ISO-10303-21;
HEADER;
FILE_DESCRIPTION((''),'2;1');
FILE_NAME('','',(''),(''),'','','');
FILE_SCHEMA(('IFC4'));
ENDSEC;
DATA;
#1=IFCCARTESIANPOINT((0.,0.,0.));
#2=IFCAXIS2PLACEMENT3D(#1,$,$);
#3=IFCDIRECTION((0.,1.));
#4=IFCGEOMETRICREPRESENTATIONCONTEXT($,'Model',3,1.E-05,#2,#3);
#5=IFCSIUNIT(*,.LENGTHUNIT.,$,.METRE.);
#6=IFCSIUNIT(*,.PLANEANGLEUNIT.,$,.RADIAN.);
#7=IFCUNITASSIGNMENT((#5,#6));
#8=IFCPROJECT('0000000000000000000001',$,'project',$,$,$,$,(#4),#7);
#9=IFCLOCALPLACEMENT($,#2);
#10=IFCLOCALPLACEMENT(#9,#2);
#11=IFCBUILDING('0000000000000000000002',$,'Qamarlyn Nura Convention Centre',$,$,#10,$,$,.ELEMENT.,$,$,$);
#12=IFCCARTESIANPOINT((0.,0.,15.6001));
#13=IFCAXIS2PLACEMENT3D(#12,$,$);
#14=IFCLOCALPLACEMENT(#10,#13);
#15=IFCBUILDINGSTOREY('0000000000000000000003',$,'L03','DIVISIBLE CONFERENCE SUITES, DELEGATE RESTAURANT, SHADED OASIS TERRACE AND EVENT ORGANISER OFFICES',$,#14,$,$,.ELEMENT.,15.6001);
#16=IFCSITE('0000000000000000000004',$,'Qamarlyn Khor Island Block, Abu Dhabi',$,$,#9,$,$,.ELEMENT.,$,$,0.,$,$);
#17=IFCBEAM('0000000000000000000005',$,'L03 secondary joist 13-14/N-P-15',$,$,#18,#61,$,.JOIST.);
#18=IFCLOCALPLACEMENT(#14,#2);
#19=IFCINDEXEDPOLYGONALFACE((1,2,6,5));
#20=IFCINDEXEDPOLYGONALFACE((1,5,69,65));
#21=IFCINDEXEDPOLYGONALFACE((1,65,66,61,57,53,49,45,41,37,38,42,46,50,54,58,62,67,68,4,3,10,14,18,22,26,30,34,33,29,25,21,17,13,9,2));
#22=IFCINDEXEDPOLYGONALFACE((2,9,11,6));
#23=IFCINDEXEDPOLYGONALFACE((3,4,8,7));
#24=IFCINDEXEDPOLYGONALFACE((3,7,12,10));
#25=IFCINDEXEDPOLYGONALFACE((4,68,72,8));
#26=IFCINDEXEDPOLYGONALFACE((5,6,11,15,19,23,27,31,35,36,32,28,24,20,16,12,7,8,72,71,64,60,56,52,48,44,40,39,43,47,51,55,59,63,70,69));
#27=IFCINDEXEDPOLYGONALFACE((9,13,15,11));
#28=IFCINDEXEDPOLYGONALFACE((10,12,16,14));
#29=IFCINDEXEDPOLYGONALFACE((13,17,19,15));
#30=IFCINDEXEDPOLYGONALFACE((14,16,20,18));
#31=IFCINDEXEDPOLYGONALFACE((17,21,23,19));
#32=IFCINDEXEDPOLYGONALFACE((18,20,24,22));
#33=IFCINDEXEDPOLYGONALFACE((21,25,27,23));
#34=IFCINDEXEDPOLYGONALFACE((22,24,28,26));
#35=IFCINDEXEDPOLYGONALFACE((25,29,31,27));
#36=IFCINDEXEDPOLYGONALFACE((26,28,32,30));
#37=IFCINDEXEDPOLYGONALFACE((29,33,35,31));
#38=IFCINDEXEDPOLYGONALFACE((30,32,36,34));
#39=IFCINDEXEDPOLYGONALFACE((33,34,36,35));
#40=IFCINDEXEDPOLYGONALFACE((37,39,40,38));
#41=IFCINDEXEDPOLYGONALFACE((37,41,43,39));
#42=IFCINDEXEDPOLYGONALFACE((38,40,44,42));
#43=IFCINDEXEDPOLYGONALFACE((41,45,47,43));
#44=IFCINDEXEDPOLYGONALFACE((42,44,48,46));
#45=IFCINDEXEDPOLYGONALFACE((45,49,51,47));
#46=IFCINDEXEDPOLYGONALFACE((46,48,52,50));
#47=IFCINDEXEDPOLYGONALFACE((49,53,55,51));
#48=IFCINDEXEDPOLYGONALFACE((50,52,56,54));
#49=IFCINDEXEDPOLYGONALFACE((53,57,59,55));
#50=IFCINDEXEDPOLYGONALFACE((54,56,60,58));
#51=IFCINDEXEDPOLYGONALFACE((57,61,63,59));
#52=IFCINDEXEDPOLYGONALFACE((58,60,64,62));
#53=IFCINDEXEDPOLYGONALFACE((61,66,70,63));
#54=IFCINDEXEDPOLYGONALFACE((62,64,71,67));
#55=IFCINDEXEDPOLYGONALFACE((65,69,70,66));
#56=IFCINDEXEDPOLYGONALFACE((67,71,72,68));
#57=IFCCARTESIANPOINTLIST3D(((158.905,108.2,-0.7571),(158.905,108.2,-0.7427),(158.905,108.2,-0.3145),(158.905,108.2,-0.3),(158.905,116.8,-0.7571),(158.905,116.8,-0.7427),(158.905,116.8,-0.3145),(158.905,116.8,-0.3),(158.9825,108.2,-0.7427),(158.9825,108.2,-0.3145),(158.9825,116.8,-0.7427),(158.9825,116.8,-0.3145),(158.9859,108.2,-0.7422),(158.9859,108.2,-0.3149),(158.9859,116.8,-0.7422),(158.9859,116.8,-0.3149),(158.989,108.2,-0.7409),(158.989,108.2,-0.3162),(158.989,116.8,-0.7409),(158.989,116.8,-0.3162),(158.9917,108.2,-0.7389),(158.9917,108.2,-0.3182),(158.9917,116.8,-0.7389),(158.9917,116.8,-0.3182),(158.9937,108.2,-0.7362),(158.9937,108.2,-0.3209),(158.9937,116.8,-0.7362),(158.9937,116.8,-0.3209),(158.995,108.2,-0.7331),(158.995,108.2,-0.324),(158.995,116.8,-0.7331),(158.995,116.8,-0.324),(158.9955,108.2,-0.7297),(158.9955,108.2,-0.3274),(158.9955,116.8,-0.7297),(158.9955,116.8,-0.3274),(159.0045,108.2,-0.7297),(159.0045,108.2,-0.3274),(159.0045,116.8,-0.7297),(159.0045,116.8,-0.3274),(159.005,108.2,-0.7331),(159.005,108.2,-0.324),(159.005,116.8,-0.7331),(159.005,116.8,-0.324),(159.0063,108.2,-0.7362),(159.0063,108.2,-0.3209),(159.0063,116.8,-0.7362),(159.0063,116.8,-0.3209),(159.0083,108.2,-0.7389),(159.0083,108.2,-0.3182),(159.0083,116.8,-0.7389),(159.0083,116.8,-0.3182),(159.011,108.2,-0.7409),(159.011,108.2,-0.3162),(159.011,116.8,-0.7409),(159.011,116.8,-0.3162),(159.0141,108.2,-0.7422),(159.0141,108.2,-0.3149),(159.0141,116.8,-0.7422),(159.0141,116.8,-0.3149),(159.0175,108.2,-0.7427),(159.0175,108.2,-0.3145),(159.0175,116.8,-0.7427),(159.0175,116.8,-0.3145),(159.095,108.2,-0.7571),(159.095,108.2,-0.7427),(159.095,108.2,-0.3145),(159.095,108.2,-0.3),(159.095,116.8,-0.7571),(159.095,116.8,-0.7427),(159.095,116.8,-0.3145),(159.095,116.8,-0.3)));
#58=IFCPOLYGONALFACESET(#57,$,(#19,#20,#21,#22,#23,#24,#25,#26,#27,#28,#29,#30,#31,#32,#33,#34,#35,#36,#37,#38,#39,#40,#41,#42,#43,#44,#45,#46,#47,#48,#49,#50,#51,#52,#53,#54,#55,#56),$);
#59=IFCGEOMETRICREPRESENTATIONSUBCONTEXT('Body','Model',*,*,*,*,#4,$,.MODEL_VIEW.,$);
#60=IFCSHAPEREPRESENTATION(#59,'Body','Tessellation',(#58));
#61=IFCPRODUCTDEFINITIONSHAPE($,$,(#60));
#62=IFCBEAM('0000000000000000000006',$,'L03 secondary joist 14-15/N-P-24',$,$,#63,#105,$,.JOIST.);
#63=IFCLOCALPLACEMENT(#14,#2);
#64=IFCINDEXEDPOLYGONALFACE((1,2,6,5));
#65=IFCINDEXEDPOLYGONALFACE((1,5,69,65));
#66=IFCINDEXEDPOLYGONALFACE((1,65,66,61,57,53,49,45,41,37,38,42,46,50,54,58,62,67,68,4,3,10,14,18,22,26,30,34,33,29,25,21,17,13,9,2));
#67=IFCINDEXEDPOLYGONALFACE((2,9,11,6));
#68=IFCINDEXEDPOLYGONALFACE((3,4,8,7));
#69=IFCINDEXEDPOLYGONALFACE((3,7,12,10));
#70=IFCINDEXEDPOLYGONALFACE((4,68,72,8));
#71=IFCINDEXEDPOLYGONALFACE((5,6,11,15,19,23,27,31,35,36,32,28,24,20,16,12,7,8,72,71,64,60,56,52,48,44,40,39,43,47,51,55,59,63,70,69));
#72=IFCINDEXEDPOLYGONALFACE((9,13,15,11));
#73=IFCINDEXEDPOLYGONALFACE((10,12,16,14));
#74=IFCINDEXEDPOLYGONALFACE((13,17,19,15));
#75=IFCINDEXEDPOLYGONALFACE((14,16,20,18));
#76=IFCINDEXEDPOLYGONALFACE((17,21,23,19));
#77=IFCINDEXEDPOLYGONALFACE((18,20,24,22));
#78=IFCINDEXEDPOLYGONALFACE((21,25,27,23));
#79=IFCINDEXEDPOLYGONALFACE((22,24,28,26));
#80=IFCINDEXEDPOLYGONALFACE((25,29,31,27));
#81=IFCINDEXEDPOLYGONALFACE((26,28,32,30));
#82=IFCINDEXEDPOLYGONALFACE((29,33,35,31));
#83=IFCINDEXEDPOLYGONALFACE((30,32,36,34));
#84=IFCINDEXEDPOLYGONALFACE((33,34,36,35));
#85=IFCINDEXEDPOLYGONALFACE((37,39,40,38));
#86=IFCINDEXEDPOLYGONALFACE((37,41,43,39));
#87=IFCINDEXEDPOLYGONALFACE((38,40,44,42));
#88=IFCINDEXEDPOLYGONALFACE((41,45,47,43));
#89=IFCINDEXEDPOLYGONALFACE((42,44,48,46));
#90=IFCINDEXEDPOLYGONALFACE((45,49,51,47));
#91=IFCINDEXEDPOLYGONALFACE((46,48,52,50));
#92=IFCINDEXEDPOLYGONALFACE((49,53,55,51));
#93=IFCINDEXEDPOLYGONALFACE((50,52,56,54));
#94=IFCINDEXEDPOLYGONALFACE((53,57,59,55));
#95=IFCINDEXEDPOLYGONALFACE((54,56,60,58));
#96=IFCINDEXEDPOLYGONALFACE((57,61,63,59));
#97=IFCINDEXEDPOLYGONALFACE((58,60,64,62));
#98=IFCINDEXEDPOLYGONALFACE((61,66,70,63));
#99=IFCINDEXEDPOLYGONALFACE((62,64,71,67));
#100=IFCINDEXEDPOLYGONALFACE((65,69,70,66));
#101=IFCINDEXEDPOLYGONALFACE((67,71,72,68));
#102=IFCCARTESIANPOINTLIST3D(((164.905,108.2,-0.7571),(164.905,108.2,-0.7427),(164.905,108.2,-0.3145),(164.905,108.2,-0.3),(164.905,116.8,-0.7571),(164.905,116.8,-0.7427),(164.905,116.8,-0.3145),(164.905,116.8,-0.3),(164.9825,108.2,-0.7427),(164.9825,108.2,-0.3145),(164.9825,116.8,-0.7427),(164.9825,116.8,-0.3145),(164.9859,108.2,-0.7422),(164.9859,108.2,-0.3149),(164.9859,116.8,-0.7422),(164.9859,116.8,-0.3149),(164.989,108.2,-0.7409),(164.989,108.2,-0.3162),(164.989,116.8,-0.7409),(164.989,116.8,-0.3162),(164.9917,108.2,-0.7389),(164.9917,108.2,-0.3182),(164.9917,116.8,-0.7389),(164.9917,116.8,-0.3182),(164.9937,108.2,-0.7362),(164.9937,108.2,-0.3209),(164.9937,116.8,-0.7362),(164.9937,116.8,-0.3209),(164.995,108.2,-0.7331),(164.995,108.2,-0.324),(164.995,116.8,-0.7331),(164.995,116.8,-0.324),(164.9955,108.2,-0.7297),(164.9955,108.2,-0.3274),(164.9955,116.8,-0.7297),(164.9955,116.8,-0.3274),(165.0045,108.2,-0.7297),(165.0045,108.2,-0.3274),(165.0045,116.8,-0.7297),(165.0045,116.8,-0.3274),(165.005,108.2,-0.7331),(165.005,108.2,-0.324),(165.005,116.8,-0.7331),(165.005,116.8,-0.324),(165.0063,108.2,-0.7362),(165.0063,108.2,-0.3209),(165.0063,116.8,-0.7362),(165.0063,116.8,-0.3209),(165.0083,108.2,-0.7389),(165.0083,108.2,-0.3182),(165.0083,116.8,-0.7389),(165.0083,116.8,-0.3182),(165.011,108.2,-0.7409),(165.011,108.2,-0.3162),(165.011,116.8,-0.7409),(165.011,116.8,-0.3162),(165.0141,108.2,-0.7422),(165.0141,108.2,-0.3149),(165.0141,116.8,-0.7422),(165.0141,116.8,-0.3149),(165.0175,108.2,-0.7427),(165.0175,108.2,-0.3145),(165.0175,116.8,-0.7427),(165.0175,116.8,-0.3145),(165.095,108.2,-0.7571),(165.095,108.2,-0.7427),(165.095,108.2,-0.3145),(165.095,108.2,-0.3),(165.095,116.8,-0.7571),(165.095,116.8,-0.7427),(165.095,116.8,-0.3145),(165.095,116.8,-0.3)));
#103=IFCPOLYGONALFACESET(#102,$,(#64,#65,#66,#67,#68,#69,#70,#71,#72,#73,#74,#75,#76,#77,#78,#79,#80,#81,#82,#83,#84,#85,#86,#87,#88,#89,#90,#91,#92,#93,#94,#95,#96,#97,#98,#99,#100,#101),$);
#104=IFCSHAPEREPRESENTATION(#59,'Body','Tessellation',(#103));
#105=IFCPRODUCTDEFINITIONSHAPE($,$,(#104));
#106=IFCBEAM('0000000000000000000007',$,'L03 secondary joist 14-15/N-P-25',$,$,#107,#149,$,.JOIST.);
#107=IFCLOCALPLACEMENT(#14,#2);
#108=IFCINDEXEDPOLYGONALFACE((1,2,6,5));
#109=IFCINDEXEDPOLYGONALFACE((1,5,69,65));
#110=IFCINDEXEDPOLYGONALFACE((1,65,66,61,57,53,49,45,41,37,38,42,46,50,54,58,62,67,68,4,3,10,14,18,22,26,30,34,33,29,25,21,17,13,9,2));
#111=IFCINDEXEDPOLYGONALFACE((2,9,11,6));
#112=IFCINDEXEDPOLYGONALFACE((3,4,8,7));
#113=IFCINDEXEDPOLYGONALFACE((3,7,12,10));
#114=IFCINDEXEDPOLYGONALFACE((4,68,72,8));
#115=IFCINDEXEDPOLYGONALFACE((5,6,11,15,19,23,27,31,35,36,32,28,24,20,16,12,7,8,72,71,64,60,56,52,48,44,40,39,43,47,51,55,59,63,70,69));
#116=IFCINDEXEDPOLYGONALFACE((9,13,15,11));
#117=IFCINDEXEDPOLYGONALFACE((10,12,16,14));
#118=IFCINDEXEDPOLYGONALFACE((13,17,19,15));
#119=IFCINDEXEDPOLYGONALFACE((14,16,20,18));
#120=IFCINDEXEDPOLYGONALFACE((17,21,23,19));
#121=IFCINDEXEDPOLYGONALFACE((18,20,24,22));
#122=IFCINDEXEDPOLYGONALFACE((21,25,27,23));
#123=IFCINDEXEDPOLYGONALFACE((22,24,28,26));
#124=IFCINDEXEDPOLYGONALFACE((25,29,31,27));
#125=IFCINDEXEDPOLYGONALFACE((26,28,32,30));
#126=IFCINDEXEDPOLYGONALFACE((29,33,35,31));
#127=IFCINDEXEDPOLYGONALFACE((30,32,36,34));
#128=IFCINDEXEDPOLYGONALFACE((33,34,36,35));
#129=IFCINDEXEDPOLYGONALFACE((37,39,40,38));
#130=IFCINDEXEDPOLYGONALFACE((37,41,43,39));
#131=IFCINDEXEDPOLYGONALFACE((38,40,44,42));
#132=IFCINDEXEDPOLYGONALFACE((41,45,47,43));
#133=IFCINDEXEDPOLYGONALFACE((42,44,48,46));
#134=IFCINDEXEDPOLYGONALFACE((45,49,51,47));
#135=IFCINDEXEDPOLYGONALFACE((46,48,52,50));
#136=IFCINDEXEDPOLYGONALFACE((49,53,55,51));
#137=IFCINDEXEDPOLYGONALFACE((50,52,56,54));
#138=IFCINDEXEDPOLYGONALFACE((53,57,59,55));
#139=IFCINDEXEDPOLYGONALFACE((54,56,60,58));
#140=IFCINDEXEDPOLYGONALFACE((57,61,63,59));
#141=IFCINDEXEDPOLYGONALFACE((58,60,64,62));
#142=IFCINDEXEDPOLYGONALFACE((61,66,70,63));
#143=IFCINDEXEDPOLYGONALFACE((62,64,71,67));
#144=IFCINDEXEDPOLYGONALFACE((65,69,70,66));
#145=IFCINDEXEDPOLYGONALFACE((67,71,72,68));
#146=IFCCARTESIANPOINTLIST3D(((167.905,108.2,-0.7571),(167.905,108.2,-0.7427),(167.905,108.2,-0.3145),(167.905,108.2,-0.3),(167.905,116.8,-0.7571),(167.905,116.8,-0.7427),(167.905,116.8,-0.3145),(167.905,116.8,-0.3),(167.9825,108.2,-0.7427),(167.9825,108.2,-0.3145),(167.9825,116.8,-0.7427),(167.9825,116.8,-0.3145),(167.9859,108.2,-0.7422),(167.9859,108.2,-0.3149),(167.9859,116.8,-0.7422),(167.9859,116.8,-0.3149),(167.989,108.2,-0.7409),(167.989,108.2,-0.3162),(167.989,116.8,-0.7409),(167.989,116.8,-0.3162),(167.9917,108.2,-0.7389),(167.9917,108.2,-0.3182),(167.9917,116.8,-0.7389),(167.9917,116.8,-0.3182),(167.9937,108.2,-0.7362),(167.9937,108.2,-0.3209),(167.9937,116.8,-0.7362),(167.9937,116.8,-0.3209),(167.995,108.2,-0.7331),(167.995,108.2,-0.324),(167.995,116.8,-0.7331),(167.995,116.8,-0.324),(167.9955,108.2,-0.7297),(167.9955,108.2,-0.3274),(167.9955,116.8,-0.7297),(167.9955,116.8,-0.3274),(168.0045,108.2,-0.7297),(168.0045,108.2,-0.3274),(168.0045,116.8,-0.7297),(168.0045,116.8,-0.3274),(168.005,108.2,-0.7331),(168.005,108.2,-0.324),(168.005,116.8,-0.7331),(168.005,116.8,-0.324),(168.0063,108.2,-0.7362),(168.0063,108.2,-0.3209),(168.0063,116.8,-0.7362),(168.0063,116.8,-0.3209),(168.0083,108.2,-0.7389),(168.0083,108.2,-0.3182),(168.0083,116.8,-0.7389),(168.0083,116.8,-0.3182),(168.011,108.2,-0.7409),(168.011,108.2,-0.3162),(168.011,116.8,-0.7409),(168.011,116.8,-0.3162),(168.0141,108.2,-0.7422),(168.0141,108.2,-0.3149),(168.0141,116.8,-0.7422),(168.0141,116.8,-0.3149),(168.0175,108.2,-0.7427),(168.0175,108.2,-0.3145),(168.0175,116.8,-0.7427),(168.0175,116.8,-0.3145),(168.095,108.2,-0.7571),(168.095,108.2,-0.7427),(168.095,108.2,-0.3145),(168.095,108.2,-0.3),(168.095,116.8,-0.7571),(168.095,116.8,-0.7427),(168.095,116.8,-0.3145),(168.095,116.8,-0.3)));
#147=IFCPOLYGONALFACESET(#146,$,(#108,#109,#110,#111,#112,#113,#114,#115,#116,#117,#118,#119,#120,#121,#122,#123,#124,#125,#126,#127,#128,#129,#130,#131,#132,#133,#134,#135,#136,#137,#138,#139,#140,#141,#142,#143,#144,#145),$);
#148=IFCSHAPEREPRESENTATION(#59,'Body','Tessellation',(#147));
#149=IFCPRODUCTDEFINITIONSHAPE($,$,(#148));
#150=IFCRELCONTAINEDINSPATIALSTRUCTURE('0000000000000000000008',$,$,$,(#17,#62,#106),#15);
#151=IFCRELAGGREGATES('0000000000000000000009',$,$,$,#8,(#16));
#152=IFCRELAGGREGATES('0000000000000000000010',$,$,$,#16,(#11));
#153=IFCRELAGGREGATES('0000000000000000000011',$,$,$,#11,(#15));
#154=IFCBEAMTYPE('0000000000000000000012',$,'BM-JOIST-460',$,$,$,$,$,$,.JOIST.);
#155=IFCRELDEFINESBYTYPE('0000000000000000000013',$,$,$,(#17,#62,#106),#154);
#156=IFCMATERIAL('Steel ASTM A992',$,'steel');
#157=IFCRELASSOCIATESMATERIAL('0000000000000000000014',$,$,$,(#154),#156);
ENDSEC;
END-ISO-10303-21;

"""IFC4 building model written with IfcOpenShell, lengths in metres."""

from ifc_helpers import new_model, si_unit, direction, frame, origin, origin_2d, place, context, subcontext, project, spatial, i_section, extrude, material, material_profile, profile_set, type_object, element, save


model = new_model("IFC4")

# Units and contexts
model_context = context("Model", 3, precision=1e-05, world=origin(), true_north=direction((0.0, 1.0)))
body_context = subcontext(model_context, "Body", "Model", "MODEL_VIEW")
ifc_project = project(units=[si_unit("LENGTHUNIT", "METRE"), si_unit("PLANEANGLEUNIT", "RADIAN")], contexts=[model_context])

# Site, building, storey
site_placement = place(None, origin())
site = spatial("IfcSite", under=ifc_project, at=site_placement, Name="Qamarlyn Khor Island Block, Abu Dhabi", CompositionType="ELEMENT", RefElevation=0.0)
building_placement = place(site_placement, origin())
building = spatial("IfcBuilding", under=site, at=building_placement, Name="Qamarlyn Nura Convention Centre", CompositionType="ELEMENT")
storey_placement = place(building_placement, frame((0.0, 0.0, 15.6001)))
storey = spatial("IfcBuildingStorey", under=building, at=storey_placement, Name="L03", Description="DIVISIBLE CONFERENCE SUITES, DELEGATE RESTAURANT, SHADED OASIS TERRACE AND EVENT ORGANISER OFFICES", CompositionType="ELEMENT", Elevation=15.6001)

# Shared definitions
ifc_material_1 = material(Name="Steel ASTM A992", Category="steel")

# Beams
ifc_material_profile_1 = material_profile(ifc_material_1, i_section(OverallWidth=0.1899, OverallDepth=0.457, WebThickness=0.009, FlangeThickness=0.0144, FilletRadius=0.0129, at=origin_2d()), Name="W460X74")
ifc_profile_set_1 = profile_set([ifc_material_profile_1], Name="Steel ASTM A992")
beam_type_1 = type_object("IfcBeamType", Name="BM-JOIST-460", PredefinedType="JOIST", material=ifc_profile_set_1)
for number, where, z_axis, x_axis, name in (
    (1, (159.0, 108.2, -0.5286), (0.0, 1.0, 0.0), (-1.0, 0.0, 0.0), "L03 secondary joist 13-14/N-P-15"),
    (2, (165.0, 108.2, -0.5286), (0.0, 1.0, 0.0), (-1.0, 0.0, 0.0), "L03 secondary joist 14-15/N-P-24"),
    (3, (168.0, 108.2, -0.5286), (0.0, 1.0, 0.0), (-1.0, 0.0, 0.0), "L03 secondary joist 14-15/N-P-25"),
):
    element("IfcBeam", number, at=place(storey_placement, frame(where, z_axis=z_axis, x_axis=x_axis)), inside=storey, type_object=beam_type_1, Name=name, PredefinedType="JOIST", context=body_context, shape_type="SweptSolid", body=[
        extrude(i_section(OverallWidth=0.1899, OverallDepth=0.457, WebThickness=0.009, FlangeThickness=0.0144, FilletRadius=0.0129, at=origin_2d()), origin(), (0.0, 0.0, 1.0), 8.6001),
    ])

save(model, "model.ifc")
